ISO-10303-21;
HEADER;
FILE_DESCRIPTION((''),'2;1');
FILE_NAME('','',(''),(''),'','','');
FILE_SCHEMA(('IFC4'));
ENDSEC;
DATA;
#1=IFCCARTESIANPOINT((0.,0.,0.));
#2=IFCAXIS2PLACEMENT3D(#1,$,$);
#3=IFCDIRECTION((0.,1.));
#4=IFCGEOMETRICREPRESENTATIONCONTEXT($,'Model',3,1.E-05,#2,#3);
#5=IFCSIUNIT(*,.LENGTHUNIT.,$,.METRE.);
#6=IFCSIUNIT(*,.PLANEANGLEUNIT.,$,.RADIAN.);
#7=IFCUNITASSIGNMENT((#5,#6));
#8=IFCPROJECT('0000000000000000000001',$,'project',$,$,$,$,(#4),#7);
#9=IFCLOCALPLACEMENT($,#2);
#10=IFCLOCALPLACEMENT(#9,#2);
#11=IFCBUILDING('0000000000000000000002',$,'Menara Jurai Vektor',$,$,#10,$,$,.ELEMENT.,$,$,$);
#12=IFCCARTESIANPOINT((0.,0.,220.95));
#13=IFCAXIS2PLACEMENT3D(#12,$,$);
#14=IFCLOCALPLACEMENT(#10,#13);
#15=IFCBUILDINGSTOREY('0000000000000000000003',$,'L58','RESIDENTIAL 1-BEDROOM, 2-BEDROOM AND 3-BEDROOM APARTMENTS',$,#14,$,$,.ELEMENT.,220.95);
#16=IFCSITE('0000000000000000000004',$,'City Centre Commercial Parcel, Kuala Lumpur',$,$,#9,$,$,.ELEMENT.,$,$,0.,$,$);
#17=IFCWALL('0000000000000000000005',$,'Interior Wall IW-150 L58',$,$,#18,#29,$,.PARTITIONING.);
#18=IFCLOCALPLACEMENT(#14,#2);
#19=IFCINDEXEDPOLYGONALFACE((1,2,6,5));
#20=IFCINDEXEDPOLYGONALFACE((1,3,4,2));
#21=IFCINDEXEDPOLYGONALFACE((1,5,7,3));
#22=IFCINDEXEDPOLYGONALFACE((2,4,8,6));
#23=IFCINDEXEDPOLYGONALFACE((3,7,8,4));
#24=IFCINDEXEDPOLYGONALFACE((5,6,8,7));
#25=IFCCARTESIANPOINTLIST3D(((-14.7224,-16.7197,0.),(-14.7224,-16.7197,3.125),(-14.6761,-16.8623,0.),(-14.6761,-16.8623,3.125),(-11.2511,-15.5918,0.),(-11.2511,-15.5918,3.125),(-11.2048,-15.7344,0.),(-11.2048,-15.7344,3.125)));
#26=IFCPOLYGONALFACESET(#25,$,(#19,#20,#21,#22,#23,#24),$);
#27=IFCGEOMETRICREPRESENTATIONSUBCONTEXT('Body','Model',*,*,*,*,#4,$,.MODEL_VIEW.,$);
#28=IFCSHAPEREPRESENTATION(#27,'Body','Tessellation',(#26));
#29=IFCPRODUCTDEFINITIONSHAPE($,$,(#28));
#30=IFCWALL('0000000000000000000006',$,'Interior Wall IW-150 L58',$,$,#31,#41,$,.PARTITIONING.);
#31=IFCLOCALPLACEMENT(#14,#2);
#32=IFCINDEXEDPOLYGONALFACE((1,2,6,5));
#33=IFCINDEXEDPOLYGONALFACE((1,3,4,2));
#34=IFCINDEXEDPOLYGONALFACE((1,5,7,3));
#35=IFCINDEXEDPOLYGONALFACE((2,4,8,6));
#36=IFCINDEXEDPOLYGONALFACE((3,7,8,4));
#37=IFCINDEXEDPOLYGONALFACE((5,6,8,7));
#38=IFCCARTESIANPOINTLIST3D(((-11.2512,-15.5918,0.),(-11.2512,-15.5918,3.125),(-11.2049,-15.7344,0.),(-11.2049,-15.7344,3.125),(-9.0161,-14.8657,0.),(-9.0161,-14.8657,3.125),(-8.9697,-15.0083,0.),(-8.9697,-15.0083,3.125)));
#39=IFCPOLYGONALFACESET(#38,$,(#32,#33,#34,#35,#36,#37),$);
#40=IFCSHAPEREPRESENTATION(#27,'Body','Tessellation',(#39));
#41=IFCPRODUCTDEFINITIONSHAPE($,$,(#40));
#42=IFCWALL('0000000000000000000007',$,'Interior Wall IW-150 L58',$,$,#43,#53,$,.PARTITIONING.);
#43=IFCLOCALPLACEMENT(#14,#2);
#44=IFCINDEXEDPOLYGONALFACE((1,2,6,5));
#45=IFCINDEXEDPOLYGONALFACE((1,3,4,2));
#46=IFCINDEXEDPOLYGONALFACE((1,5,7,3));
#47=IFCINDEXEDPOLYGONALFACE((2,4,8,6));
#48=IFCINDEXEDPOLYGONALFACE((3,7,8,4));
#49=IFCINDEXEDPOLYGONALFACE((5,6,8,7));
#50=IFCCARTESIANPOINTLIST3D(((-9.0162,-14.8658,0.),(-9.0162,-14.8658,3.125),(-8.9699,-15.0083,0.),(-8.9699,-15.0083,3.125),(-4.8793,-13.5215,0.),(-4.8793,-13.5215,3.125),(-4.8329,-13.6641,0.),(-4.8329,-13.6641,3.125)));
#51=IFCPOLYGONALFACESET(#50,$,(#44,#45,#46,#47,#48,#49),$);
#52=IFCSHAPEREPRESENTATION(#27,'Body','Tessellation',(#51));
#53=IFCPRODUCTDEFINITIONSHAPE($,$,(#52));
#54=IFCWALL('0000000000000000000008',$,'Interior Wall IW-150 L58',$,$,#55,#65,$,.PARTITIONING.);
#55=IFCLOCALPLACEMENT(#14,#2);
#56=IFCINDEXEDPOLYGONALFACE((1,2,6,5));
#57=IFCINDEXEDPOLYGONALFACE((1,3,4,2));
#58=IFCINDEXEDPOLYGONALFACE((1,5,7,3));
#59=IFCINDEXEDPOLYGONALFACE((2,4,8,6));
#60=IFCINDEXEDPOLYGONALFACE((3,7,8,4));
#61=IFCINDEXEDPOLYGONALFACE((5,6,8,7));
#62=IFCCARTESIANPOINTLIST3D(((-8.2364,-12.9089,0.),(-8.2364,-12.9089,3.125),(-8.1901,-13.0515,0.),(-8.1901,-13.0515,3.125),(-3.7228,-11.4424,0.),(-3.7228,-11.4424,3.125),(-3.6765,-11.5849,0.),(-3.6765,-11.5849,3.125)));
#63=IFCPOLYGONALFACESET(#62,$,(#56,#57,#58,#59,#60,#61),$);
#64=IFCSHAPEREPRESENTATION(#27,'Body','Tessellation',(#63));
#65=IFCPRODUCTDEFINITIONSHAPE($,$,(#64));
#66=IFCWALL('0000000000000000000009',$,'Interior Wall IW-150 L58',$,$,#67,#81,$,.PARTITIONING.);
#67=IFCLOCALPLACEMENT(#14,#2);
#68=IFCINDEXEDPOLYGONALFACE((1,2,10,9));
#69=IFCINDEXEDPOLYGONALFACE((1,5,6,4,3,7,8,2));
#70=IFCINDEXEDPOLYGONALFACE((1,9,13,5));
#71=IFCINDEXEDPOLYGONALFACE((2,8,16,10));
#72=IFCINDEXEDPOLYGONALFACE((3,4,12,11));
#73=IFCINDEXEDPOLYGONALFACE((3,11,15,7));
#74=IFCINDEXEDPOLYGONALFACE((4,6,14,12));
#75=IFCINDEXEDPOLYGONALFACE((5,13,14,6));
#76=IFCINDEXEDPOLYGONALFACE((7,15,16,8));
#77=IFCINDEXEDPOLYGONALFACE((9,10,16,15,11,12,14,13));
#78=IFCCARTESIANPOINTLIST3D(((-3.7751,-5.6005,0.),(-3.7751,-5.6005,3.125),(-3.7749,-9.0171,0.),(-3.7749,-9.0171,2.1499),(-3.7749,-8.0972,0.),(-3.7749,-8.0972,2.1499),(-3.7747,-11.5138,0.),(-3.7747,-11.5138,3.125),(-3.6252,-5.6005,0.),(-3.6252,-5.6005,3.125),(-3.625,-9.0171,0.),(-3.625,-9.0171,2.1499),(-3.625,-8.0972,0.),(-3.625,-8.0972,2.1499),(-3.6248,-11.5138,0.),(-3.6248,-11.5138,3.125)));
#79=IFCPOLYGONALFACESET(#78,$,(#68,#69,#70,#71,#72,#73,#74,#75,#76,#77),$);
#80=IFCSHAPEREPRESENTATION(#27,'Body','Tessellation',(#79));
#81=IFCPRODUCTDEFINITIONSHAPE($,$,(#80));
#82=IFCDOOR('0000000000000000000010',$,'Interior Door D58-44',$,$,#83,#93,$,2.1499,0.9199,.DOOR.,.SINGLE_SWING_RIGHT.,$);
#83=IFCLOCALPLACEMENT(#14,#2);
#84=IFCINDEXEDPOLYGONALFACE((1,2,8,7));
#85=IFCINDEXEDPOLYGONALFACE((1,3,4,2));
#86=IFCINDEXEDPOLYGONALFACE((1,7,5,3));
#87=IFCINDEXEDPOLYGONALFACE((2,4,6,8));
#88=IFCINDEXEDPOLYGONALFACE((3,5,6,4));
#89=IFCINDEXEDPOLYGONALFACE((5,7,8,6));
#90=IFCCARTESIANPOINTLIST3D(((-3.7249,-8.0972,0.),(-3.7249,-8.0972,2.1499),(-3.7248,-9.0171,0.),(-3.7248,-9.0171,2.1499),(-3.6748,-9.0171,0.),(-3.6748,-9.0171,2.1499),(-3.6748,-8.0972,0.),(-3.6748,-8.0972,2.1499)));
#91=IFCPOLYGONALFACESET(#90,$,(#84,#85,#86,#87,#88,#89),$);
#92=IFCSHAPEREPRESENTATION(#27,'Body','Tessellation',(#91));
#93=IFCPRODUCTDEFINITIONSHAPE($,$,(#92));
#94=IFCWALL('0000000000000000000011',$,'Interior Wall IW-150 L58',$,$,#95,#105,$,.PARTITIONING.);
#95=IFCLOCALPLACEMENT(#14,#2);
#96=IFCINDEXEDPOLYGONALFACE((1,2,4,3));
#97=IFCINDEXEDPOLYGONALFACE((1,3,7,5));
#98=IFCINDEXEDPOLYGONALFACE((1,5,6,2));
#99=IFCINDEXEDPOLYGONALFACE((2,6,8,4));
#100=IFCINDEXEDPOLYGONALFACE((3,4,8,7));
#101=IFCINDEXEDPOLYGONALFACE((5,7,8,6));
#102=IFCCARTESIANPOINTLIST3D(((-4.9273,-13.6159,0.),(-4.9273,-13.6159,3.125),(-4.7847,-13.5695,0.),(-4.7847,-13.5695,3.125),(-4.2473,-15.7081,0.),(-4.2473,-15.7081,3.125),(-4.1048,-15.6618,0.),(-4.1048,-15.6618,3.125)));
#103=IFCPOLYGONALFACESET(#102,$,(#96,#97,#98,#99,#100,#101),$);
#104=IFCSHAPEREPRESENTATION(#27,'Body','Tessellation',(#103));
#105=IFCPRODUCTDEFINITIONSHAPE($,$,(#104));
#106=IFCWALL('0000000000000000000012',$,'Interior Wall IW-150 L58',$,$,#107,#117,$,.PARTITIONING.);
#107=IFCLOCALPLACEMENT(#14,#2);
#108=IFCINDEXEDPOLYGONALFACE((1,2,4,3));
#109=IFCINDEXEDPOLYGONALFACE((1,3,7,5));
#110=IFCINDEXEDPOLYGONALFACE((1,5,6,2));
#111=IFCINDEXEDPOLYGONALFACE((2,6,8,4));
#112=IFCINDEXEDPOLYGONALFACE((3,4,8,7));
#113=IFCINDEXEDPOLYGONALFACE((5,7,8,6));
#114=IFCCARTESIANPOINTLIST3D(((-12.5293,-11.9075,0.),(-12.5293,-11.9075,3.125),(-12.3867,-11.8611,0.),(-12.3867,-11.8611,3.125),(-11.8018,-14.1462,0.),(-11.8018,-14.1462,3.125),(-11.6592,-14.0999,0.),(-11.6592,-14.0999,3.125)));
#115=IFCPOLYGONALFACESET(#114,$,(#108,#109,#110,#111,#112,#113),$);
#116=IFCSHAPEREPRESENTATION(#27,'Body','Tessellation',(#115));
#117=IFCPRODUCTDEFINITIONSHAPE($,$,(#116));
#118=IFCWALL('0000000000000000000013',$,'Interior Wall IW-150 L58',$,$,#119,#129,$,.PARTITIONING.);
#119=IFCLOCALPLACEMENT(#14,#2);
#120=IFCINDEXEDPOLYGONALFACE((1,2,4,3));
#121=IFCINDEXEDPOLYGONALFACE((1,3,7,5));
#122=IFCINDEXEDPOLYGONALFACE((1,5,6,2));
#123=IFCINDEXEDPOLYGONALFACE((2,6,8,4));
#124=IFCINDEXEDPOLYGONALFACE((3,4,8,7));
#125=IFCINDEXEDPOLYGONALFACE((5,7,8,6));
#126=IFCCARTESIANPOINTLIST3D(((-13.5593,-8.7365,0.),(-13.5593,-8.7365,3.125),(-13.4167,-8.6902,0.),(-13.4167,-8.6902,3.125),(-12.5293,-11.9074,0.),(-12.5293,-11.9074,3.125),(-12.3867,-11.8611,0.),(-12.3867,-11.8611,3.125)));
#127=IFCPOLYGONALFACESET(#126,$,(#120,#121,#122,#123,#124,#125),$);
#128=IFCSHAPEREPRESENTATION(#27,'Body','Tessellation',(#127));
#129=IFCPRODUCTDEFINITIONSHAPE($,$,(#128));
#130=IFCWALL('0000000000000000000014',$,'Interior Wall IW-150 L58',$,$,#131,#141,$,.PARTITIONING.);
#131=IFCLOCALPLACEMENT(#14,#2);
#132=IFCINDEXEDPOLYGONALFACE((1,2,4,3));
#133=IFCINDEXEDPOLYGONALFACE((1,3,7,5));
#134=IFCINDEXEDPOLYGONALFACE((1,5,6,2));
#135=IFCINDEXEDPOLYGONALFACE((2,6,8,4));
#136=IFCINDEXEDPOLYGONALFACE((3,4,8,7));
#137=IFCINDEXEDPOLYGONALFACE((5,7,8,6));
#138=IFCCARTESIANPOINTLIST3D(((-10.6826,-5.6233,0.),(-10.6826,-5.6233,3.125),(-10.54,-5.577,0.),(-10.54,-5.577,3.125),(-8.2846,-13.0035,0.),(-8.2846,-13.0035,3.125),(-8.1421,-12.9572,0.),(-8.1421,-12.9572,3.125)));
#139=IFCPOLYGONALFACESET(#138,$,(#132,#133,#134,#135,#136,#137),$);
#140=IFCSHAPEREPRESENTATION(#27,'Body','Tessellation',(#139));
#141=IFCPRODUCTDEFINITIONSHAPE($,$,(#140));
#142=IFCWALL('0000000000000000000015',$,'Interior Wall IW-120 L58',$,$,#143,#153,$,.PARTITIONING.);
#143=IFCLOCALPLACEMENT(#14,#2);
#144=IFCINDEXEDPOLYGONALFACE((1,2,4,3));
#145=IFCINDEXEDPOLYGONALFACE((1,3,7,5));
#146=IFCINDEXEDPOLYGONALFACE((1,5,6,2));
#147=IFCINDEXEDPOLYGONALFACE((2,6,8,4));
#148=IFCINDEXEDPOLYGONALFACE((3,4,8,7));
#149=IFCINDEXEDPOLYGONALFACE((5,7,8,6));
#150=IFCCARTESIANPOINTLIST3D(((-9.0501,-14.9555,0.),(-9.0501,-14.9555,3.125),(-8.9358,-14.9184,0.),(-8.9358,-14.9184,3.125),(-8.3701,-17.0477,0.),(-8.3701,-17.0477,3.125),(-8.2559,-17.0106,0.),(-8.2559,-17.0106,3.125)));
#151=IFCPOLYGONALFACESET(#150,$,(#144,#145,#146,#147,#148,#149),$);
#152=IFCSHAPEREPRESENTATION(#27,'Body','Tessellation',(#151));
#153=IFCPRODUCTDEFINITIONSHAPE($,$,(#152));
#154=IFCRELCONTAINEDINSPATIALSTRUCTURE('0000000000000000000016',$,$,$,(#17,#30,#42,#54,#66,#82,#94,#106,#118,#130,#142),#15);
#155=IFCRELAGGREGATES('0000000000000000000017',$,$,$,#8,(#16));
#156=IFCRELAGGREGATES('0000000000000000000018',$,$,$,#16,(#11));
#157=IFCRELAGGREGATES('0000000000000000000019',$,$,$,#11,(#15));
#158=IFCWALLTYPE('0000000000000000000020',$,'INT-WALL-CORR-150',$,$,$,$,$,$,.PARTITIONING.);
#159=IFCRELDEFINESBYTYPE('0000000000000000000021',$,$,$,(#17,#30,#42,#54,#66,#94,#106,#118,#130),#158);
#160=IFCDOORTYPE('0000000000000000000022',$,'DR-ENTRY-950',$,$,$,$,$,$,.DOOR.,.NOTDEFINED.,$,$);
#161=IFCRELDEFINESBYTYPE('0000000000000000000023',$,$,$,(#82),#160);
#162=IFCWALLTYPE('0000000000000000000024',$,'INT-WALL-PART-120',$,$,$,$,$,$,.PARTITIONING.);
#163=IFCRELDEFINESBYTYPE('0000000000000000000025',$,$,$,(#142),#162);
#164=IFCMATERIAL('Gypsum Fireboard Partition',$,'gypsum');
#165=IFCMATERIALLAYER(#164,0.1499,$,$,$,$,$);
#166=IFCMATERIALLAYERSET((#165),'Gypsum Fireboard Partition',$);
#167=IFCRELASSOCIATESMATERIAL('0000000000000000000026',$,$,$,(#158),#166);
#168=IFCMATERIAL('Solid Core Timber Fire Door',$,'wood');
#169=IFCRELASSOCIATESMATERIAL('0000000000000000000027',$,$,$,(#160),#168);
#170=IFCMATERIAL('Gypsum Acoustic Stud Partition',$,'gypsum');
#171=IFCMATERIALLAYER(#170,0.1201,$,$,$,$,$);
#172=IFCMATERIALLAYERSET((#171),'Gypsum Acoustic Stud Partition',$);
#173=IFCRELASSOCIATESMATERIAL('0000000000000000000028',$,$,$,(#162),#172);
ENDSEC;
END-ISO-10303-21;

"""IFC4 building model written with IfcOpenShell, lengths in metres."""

from ifc_helpers import new_model, si_unit, direction, frame, frame_2d, origin, place, context, subcontext, project, spatial, rectangle, extrude, material, layer, layer_set, type_object, element, fill, save


model = new_model("IFC4")

# Units and contexts
model_context = context("Model", 3, precision=1e-05, world=origin(), true_north=direction((0.0, 1.0)))
body_context = subcontext(model_context, "Body", "Model", "MODEL_VIEW")
ifc_project = project(units=[si_unit("LENGTHUNIT", "METRE"), si_unit("PLANEANGLEUNIT", "RADIAN")], contexts=[model_context])

# Site, building, storey
site_placement = place(None, origin())
site = spatial("IfcSite", under=ifc_project, at=site_placement, Name="City Centre Commercial Parcel, Kuala Lumpur", CompositionType="ELEMENT", RefElevation=0.0)
building_placement = place(site_placement, origin())
building = spatial("IfcBuilding", under=site, at=building_placement, Name="Menara Jurai Vektor", CompositionType="ELEMENT")
storey_placement = place(building_placement, frame((0.0, 0.0, 220.95)))
storey = spatial("IfcBuildingStorey", under=building, at=storey_placement, Name="L58", Description="RESIDENTIAL 1-BEDROOM, 2-BEDROOM AND 3-BEDROOM APARTMENTS", CompositionType="ELEMENT", Elevation=220.95)

# Wall
ifc_material_1 = material(Name="Gypsum Fireboard Partition", Category="gypsum")
ifc_layer_1 = layer(ifc_material_1, 0.1499)
ifc_layer_set_1 = layer_set([ifc_layer_1], Name="Gypsum Fireboard Partition")
wall_type_1 = type_object("IfcWallType", Name="INT-WALL-CORR-150", PredefinedType="PARTITIONING", material=ifc_layer_set_1)
wall_1_placement = place(storey_placement, frame((-14.6992, -16.791, 0.0), z_axis=(0.0, 0.0, 1.0), x_axis=(0.951051, 0.309035, 0.0)))
element("IfcWall", 1, at=wall_1_placement, inside=storey, type_object=wall_type_1, Name="Interior Wall IW-150 L58", PredefinedType="PARTITIONING", context=body_context, shape_type="SweptSolid", body=[
    extrude(rectangle(XDim=3.6499, YDim=0.1499, at=frame_2d((1.825, 0.0))), origin(), (0.0, 0.0, 1.0), 3.125),
])

# Shared definitions
ifc_material_2 = material(Name="Solid Core Timber Fire Door", Category="wood")
door_type_1 = type_object("IfcDoorType", Name="DR-ENTRY-950", OperationType="NOTDEFINED", PredefinedType="DOOR", material=ifc_material_2)

# Walls
wall_2_placement = place(storey_placement, frame((-11.228, -15.6631, 0.0), z_axis=(0.0, 0.0, 1.0), x_axis=(0.951076, 0.308957, 0.0)))
element("IfcWall", 2, at=wall_2_placement, inside=storey, type_object=wall_type_1, Name="Interior Wall IW-150 L58", PredefinedType="PARTITIONING", context=body_context, shape_type="SweptSolid", body=[
    extrude(rectangle(XDim=2.3501, YDim=0.1499, at=frame_2d((1.175, 0.0))), origin(), (0.0, 0.0, 1.0), 3.125),
])
wall_3_placement = place(storey_placement, frame((-8.9929, -14.937, 0.0), z_axis=(0.0, 0.0, 1.0), x_axis=(0.951053, 0.309029, 0.0)))
element("IfcWall", 3, at=wall_3_placement, inside=storey, type_object=wall_type_1, Name="Interior Wall IW-150 L58", PredefinedType="PARTITIONING", context=body_context, shape_type="SweptSolid", body=[
    extrude(rectangle(XDim=4.3499, YDim=0.1499, at=frame_2d((2.1748, 0.0))), origin(), (0.0, 0.0, 1.0), 3.125),
])

# Wall
wall_4_placement = place(storey_placement, frame((-8.2134, -12.9802, 0.0), z_axis=(0.0, 0.0, 1.0), x_axis=(0.951058, 0.309012, 0.0)))
element("IfcWall", 4, at=wall_4_placement, inside=storey, type_object=wall_type_1, Name="Interior Wall IW-150 L58", PredefinedType="PARTITIONING", context=body_context, shape_type="SweptSolid", body=[
    extrude(rectangle(XDim=4.7458, YDim=0.1499, at=frame_2d((2.373, 0.0))), origin(), (0.0, 0.0, 1.0), 3.125),
])

# Wall, opening, door
wall_5_placement = place(storey_placement, frame((-3.6997, -11.5137, 0.0), z_axis=(0.0, 0.0, 1.0), x_axis=(-0.000083, 1.0, 0.0)))
wall_5 = element("IfcWall", 5, at=wall_5_placement, inside=storey, type_object=wall_type_1, Name="Interior Wall IW-150 L58", PredefinedType="PARTITIONING", context=body_context, shape_type="SweptSolid", body=[
    extrude(rectangle(XDim=5.9133, YDim=0.1499, at=frame_2d((2.9565, 0.0))), origin(), (0.0, 0.0, 1.0), 3.125),
])
opening_1_placement = place(wall_5_placement, frame((2.4966, 0.0, 0.0)))
opening_1 = element("IfcOpeningElement", 6, at=opening_1_placement, cuts=wall_5, PredefinedType="OPENING", context=body_context, shape_type="SweptSolid", body=[
    extrude(rectangle(XDim=0.9199, YDim=2.1499, at=frame_2d((0.46, 1.075))), frame((0.0, 0.085, 0.0), z_axis=(0.0, -1.0, 0.0), x_axis=(1.0, 0.0, 0.0)), (0.0, 0.0, 1.0), 0.1699),
])
door_1_placement = place(opening_1_placement, origin())
door_1 = element("IfcDoor", 7, at=door_1_placement, inside=storey, type_object=door_type_1, Name="Interior Door D58-44", OperationType="SINGLE_SWING_RIGHT", OverallHeight=2.1499, OverallWidth=0.9199, PredefinedType="DOOR", context=body_context, shape_type="SweptSolid", body=[
    extrude(rectangle(XDim=0.9199, YDim=2.1499, at=frame_2d((0.46, 1.075))), frame((0.0, 0.0249, 0.0), z_axis=(0.0, -1.0, 0.0), x_axis=(1.0, 0.0, 0.0)), (0.0, 0.0, 1.0), 0.05),
])
fill(opening_1, door_1)

# Walls
wall_6_placement = place(storey_placement, frame((-4.176, -15.6851, 0.0), z_axis=(0.0, 0.0, 1.0), x_axis=(-0.309061, 0.951042, 0.0)))
element("IfcWall", 8, at=wall_6_placement, inside=storey, type_object=wall_type_1, Name="Interior Wall IW-150 L58", PredefinedType="PARTITIONING", context=body_context, shape_type="SweptSolid", body=[
    extrude(rectangle(XDim=2.2, YDim=0.1499, at=frame_2d((1.1001, 0.0))), origin(), (0.0, 0.0, 1.0), 3.125),
])
wall_7_placement = place(storey_placement, frame((-11.7305, -14.123, 0.0), z_axis=(0.0, 0.0, 1.0), x_axis=(-0.309063, 0.951042, 0.0)))
element("IfcWall", 9, at=wall_7_placement, inside=storey, type_object=wall_type_1, Name="Interior Wall IW-150 L58", PredefinedType="PARTITIONING", context=body_context, shape_type="SweptSolid", body=[
    extrude(rectangle(XDim=2.354, YDim=0.1499, at=frame_2d((1.177, 0.0))), origin(), (0.0, 0.0, 1.0), 3.125),
])
wall_8_placement = place(storey_placement, frame((-12.458, -11.8843, 0.0), z_axis=(0.0, 0.0, 1.0), x_axis=(-0.308947, 0.951079, 0.0)))
element("IfcWall", 10, at=wall_8_placement, inside=storey, type_object=wall_type_1, Name="Interior Wall IW-150 L58", PredefinedType="PARTITIONING", context=body_context, shape_type="SweptSolid", body=[
    extrude(rectangle(XDim=3.334, YDim=0.1499, at=frame_2d((1.667, 0.0))), origin(), (0.0, 0.0, 1.0), 3.125),
])
wall_9_placement = place(storey_placement, frame((-8.2134, -12.9802, 0.0), z_axis=(0.0, 0.0, 1.0), x_axis=(-0.309017, 0.951056, 0.0)))
element("IfcWall", 11, at=wall_9_placement, inside=storey, type_object=wall_type_1, Name="Interior Wall IW-150 L58", PredefinedType="PARTITIONING", context=body_context, shape_type="SweptSolid", body=[
    extrude(rectangle(XDim=7.76, YDim=0.1499, at=frame_2d((3.8799, 0.0))), origin(), (0.0, 0.0, 1.0), 3.125),
])
ifc_material_3 = material(Name="Gypsum Acoustic Stud Partition", Category="gypsum")
ifc_layer_2 = layer(ifc_material_3, 0.1201)
ifc_layer_set_2 = layer_set([ifc_layer_2], Name="Gypsum Acoustic Stud Partition")
wall_type_2 = type_object("IfcWallType", Name="INT-WALL-PART-120", PredefinedType="PARTITIONING", material=ifc_layer_set_2)
wall_10_placement = place(storey_placement, frame((-8.313, -17.0293, 0.0), z_axis=(0.0, 0.0, 1.0), x_axis=(-0.309061, 0.951042, 0.0)))
element("IfcWall", 12, at=wall_10_placement, inside=storey, type_object=wall_type_2, Name="Interior Wall IW-120 L58", PredefinedType="PARTITIONING", context=body_context, shape_type="SweptSolid", body=[
    extrude(rectangle(XDim=2.2, YDim=0.1201, at=frame_2d((1.1001, 0.0))), origin(), (0.0, 0.0, 1.0), 3.125),
])

save(model, "model.ifc")
